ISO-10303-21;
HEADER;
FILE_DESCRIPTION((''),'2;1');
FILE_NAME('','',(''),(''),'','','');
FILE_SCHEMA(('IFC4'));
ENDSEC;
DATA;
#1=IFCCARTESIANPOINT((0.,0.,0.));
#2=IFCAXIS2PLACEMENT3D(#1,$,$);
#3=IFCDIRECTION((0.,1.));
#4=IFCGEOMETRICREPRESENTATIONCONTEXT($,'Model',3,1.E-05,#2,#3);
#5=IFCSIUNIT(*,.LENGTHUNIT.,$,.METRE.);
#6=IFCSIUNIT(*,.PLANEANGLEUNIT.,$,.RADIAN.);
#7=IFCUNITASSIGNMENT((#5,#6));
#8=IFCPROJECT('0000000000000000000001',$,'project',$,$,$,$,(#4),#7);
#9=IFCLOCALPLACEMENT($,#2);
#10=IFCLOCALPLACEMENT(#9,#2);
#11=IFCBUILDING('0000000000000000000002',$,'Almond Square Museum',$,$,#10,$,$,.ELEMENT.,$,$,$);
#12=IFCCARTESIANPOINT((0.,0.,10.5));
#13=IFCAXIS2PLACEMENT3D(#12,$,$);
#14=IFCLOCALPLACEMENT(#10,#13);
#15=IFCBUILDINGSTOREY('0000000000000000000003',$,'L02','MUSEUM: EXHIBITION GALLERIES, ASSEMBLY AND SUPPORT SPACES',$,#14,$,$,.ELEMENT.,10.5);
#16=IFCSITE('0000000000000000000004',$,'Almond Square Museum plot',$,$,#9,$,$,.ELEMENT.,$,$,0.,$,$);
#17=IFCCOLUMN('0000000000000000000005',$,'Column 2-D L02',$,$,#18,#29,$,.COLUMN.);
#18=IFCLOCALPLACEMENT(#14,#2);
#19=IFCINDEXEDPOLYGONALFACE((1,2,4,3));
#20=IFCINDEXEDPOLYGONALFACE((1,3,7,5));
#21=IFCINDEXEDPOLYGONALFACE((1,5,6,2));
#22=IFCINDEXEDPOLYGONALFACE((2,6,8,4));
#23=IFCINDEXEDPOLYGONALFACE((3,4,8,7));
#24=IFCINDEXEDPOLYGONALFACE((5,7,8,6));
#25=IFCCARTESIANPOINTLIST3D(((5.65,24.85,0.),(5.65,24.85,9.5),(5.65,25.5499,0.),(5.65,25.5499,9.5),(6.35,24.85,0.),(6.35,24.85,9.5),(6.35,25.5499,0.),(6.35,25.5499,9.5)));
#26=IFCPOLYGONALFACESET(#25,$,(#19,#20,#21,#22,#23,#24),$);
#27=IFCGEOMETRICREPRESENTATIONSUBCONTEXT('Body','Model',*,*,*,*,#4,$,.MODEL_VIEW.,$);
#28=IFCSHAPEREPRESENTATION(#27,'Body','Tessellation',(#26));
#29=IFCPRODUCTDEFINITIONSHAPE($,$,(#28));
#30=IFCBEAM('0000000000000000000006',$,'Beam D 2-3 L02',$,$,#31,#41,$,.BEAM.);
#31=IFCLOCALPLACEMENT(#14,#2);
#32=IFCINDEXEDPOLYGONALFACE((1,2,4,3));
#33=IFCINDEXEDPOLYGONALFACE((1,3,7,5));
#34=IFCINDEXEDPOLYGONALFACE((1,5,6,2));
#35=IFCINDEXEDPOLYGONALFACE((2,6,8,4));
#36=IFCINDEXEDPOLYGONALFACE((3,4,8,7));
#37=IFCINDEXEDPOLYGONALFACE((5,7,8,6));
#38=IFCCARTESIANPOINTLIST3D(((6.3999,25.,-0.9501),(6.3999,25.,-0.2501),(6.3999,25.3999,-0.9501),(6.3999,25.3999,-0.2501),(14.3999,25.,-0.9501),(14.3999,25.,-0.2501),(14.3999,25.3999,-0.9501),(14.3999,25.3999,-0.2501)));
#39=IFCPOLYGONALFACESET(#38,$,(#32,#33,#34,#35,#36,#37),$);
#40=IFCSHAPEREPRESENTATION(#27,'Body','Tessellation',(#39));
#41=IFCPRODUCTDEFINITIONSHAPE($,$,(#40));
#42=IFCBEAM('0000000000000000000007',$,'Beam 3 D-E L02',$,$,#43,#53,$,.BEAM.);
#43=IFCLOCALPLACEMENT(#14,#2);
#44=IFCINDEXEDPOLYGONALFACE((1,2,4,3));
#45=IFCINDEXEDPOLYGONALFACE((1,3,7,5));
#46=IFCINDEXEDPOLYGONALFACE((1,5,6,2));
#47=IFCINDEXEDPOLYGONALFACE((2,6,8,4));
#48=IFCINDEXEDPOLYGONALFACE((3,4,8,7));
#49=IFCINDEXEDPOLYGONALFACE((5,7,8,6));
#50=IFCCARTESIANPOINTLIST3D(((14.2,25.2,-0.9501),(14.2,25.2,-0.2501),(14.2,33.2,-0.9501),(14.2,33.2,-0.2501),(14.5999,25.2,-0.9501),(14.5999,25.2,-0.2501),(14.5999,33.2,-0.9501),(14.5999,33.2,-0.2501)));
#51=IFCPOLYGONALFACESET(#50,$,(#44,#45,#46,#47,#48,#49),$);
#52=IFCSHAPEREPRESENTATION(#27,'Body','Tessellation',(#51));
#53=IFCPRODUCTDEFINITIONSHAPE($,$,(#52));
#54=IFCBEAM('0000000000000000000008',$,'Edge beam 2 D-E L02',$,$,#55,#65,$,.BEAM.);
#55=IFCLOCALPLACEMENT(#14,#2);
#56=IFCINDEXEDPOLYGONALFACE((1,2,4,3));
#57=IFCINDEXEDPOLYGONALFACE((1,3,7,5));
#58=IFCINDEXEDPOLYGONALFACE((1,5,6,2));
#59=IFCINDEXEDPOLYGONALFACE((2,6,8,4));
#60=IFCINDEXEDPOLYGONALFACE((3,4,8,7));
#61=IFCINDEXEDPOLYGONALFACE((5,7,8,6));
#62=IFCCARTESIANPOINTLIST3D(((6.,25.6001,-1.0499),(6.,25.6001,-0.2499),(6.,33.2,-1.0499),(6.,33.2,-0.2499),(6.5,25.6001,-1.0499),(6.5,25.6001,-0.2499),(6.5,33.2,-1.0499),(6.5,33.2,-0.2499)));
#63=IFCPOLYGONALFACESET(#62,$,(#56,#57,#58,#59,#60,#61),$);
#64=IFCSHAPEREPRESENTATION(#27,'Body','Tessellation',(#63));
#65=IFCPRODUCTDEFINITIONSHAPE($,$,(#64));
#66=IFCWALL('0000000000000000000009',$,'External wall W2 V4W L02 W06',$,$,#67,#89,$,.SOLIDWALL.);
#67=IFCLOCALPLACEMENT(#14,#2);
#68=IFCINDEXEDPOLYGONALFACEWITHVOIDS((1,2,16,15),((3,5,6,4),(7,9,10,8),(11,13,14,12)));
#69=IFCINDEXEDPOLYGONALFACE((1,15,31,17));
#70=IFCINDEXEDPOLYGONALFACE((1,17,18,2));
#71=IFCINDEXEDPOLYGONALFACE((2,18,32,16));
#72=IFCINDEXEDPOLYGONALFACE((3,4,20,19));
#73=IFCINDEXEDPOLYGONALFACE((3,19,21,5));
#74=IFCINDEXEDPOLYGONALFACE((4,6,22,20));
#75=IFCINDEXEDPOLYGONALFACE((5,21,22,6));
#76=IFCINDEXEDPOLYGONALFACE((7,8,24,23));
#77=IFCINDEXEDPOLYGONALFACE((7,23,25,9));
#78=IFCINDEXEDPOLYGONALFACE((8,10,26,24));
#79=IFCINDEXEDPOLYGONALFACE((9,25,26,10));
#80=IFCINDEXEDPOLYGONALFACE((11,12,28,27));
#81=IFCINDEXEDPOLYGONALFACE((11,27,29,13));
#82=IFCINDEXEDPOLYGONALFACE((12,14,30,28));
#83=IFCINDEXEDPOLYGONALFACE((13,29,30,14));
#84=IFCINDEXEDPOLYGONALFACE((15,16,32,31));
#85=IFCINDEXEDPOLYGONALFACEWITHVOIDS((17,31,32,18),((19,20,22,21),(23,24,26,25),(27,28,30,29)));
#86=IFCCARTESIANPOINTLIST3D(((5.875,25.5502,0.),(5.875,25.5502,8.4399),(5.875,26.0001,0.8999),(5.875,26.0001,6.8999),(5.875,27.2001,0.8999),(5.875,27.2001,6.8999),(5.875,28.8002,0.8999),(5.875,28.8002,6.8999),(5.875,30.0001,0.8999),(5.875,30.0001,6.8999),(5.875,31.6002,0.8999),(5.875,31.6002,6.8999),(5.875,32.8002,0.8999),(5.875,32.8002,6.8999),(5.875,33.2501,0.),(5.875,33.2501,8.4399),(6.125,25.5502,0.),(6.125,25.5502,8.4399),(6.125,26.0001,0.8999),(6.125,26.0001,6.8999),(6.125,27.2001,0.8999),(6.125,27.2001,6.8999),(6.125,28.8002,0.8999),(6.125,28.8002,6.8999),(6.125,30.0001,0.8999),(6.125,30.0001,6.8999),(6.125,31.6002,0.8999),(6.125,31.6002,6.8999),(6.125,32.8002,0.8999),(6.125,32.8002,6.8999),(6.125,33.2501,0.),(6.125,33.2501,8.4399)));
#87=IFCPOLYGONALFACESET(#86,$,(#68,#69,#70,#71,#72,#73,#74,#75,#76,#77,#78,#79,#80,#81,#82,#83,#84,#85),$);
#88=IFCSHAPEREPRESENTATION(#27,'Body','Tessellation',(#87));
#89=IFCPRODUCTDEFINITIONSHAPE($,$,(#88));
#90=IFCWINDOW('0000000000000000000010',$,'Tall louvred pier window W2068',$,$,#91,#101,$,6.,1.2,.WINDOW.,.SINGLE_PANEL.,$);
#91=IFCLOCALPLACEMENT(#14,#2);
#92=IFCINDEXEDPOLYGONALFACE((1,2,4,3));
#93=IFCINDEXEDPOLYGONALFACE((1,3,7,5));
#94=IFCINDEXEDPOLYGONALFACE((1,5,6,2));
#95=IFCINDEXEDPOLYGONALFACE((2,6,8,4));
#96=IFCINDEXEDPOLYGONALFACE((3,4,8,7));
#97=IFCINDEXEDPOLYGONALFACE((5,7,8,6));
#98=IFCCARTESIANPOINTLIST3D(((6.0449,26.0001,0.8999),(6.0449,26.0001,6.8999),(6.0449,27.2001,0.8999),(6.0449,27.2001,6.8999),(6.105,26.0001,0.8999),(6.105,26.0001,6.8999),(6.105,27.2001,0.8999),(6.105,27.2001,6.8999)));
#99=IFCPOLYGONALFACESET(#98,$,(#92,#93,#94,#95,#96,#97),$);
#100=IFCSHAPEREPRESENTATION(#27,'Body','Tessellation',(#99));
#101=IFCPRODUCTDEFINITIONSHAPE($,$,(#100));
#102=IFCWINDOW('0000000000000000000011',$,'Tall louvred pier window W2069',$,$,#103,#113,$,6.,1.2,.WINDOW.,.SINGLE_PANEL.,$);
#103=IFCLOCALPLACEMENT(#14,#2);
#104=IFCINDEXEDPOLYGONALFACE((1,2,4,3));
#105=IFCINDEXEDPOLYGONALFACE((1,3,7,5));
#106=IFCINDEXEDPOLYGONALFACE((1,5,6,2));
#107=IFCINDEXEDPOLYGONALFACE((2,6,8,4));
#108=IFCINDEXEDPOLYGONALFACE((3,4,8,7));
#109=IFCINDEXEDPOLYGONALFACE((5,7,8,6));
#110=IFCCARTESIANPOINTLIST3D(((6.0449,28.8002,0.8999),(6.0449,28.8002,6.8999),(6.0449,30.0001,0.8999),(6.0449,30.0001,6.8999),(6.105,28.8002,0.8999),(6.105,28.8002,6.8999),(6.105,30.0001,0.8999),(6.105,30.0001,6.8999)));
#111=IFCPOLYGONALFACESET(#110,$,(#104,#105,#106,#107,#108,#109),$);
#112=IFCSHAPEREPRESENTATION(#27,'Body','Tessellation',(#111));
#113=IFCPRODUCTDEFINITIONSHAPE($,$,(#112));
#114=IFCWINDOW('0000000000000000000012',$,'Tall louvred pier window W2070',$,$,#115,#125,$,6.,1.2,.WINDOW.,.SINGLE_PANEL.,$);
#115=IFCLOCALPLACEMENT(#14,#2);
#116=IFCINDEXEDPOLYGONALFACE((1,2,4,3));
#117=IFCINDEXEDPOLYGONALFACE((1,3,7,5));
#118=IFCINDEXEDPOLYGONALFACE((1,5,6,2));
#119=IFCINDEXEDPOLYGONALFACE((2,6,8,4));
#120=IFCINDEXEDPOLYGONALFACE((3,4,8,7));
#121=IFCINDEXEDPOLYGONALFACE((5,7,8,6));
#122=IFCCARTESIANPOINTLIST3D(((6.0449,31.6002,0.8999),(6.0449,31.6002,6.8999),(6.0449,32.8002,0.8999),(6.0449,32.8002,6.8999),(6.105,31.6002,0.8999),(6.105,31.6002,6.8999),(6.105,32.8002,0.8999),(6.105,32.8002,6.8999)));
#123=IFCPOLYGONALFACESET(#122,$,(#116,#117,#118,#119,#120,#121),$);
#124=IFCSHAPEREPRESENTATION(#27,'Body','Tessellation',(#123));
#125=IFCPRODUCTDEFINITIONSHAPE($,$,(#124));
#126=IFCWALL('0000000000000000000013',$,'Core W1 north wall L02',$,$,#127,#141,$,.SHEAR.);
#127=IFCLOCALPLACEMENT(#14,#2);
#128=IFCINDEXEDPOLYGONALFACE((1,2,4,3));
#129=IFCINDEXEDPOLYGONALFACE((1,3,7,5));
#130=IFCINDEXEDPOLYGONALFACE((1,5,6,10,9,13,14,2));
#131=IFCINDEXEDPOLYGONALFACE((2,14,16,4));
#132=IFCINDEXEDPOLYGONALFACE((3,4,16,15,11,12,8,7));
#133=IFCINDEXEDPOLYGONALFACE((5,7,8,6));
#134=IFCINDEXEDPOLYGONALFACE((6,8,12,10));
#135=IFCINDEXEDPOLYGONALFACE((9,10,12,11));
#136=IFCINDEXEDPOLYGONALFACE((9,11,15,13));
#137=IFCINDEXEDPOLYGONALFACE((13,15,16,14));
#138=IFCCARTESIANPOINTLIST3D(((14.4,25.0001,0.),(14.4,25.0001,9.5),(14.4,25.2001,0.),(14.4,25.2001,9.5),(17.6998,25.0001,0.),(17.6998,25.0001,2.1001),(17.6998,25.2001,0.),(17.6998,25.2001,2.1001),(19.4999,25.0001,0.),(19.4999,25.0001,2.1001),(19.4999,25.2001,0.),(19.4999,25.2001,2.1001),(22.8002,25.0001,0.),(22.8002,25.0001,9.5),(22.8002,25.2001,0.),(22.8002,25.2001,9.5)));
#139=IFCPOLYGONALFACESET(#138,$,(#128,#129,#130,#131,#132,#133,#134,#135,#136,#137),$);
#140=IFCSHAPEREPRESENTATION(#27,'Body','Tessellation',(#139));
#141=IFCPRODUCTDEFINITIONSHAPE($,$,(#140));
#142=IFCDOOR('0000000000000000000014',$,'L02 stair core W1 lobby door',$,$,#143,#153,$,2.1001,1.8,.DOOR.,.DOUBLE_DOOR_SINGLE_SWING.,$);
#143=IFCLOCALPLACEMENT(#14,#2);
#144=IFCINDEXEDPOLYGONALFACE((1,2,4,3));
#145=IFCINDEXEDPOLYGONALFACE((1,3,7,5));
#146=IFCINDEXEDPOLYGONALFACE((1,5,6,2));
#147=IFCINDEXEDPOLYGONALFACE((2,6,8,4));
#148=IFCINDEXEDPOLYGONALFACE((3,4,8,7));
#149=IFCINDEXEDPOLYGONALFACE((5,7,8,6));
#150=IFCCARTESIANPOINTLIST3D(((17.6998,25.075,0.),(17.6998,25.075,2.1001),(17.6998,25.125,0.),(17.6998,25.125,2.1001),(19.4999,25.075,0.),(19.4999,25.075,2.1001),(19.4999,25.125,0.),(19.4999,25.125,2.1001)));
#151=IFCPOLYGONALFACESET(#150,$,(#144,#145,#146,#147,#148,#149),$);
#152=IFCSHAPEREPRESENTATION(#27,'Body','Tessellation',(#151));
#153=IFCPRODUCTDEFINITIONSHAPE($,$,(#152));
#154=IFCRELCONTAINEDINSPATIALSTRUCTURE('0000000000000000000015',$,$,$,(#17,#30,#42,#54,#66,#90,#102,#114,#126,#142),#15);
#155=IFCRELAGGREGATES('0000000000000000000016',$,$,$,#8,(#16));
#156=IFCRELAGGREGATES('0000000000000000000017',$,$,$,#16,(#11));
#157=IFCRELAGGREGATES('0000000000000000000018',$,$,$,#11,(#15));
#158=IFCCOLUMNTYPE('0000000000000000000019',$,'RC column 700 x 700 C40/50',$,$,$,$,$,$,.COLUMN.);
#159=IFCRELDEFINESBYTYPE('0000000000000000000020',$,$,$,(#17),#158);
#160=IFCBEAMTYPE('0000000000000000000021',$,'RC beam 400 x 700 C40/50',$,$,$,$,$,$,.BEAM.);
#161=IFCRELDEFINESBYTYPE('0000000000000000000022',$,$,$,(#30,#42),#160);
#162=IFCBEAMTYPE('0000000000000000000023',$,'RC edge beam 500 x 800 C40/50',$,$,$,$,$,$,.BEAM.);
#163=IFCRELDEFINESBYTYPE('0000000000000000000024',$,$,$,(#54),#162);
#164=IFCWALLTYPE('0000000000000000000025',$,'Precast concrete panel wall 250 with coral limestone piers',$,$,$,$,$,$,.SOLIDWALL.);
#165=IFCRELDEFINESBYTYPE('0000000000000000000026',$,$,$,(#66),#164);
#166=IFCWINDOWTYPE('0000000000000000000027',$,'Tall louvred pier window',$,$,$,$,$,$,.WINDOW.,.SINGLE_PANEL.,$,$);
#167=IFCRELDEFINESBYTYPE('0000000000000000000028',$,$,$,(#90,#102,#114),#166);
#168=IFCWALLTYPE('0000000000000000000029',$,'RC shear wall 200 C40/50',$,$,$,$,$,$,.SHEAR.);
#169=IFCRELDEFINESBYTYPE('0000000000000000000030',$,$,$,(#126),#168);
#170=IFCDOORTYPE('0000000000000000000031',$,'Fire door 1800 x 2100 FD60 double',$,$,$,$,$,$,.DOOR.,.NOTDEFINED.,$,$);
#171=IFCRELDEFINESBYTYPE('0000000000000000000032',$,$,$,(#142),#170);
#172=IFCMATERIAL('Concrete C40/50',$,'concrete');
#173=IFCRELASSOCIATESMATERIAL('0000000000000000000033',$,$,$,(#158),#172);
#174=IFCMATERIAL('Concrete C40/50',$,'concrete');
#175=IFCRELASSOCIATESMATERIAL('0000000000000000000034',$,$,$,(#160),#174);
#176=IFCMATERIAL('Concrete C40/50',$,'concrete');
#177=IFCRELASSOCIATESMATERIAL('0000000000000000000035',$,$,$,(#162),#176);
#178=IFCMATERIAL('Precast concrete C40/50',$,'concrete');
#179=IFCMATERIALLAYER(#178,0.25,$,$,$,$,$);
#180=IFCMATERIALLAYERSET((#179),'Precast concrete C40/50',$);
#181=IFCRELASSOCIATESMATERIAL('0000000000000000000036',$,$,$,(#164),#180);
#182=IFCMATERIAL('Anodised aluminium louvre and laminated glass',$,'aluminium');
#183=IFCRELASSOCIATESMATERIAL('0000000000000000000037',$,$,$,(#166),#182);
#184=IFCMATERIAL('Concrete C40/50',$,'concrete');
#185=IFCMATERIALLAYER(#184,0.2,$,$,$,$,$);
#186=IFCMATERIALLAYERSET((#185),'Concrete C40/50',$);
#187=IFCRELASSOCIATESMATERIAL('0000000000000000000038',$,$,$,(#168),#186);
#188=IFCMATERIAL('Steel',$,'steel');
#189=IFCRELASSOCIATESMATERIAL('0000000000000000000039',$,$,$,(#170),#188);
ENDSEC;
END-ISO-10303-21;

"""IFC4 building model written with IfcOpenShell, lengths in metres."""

from ifc_helpers import new_model, si_unit, direction, frame, frame_2d, origin, origin_2d, place, context, subcontext, project, spatial, rectangle, extrude, material, layer, layer_set, material_profile, profile_set, type_object, element, fill, save


model = new_model("IFC4")

# Units and contexts
model_context = context("Model", 3, precision=1e-05, world=origin(), true_north=direction((0.0, 1.0)))
body_context = subcontext(model_context, "Body", "Model", "MODEL_VIEW")
ifc_project = project(units=[si_unit("LENGTHUNIT", "METRE"), si_unit("PLANEANGLEUNIT", "RADIAN")], contexts=[model_context])

# Site, building, storey
site_placement = place(None, origin())
site = spatial("IfcSite", under=ifc_project, at=site_placement, Name="Almond Square Museum plot", CompositionType="ELEMENT", RefElevation=0.0)
building_placement = place(site_placement, origin())
building = spatial("IfcBuilding", under=site, at=building_placement, Name="Almond Square Museum", CompositionType="ELEMENT")
storey_placement = place(building_placement, frame((0.0, 0.0, 10.5)))
storey = spatial("IfcBuildingStorey", under=building, at=storey_placement, Name="L02", Description="MUSEUM: EXHIBITION GALLERIES, ASSEMBLY AND SUPPORT SPACES", CompositionType="ELEMENT", Elevation=10.5)

# Column
ifc_material_1 = material(Name="Concrete C40/50", Category="concrete")
ifc_material_profile_1 = material_profile(ifc_material_1, rectangle(XDim=0.7, YDim=0.7, at=origin_2d()))
ifc_profile_set_1 = profile_set([ifc_material_profile_1], Name="Concrete C40/50")
column_type = type_object("IfcColumnType", Name="RC column 700 x 700 C40/50", PredefinedType="COLUMN", material=ifc_profile_set_1)
column_placement = place(storey_placement, frame((6.0, 25.2, 0.0), z_axis=(0.0, 0.0, 1.0), x_axis=(1.0, 0.0, 0.0)))
element("IfcColumn", 1, at=column_placement, inside=storey, type_object=column_type, Name="Column 2-D L02", PredefinedType="COLUMN", context=body_context, shape_type="SweptSolid", body=[
    extrude(rectangle(XDim=0.7, YDim=0.7, at=origin_2d()), origin(), (0.0, 0.0, 1.0), 9.5),
])

# Beams
ifc_material_2 = material(Name="Concrete C40/50", Category="concrete")
ifc_material_profile_2 = material_profile(ifc_material_2, rectangle(XDim=0.3999, YDim=0.7, at=origin_2d()))
ifc_profile_set_2 = profile_set([ifc_material_profile_2], Name="Concrete C40/50")
beam_type_1 = type_object("IfcBeamType", Name="RC beam 400 x 700 C40/50", PredefinedType="BEAM", material=ifc_profile_set_2)
for number, where, z_axis, x_axis, name in (
    (2, (6.3999, 25.2, -0.6001), (1.0, 0.0, 0.0), (0.0, 1.0, 0.0), "Beam D 2-3 L02"),
    (3, (14.3999, 25.2, -0.6001), (0.0, 1.0, 0.0), (-1.0, 0.0, 0.0), "Beam 3 D-E L02"),
):
    element("IfcBeam", number, at=place(storey_placement, frame(where, z_axis=z_axis, x_axis=x_axis)), inside=storey, type_object=beam_type_1, Name=name, PredefinedType="BEAM", context=body_context, shape_type="SweptSolid", body=[
        extrude(rectangle(XDim=0.3999, YDim=0.7, at=origin_2d()), origin(), (0.0, 0.0, 1.0), 8.0),
    ])
ifc_material_3 = material(Name="Concrete C40/50", Category="concrete")
ifc_material_profile_3 = material_profile(ifc_material_3, rectangle(XDim=0.5, YDim=0.8, at=origin_2d()))
ifc_profile_set_3 = profile_set([ifc_material_profile_3], Name="Concrete C40/50")
beam_type_2 = type_object("IfcBeamType", Name="RC edge beam 500 x 800 C40/50", PredefinedType="BEAM", material=ifc_profile_set_3)
beam_placement = place(storey_placement, frame((6.25, 25.6001, -0.6499), z_axis=(0.0, 1.0, 0.0), x_axis=(-1.0, 0.0, 0.0)))
element("IfcBeam", 4, at=beam_placement, inside=storey, type_object=beam_type_2, Name="Edge beam 2 D-E L02", PredefinedType="BEAM", context=body_context, shape_type="SweptSolid", body=[
    extrude(rectangle(XDim=0.5, YDim=0.8, at=origin_2d()), origin(), (0.0, 0.0, 1.0), 7.5999),
])

# Wall, openings, windows
ifc_material_4 = material(Name="Precast concrete C40/50", Category="concrete")
ifc_layer_1 = layer(ifc_material_4, 0.25)
ifc_layer_set_1 = layer_set([ifc_layer_1], Name="Precast concrete C40/50")
wall_type_1 = type_object("IfcWallType", Name="Precast concrete panel wall 250 with coral limestone piers", PredefinedType="SOLIDWALL", material=ifc_layer_set_1)
wall_1_placement = place(storey_placement, frame((6.0, 25.55, 0.0), z_axis=(0.0, 0.0, 1.0), x_axis=(0.0, 1.0, 0.0)))
wall_1 = element("IfcWall", 5, at=wall_1_placement, inside=storey, type_object=wall_type_1, Name="External wall W2 V4W L02 W06", PredefinedType="SOLIDWALL", context=body_context, shape_type="SweptSolid", body=[
    extrude(rectangle(XDim=7.7, YDim=0.25, at=frame_2d((3.8501, 0.0))), origin(), (0.0, 0.0, 1.0), 8.4399),
])
opening_1_placement = place(wall_1_placement, frame((0.45, 0.0, 0.8999)))
opening_1 = element("IfcOpeningElement", 6, at=opening_1_placement, cuts=wall_1, PredefinedType="OPENING", context=body_context, shape_type="SweptSolid", body=[
    extrude(rectangle(XDim=1.2, YDim=6.0, at=frame_2d((0.6001, 3.0))), frame((0.0, 0.135, 0.0), z_axis=(0.0, -1.0, 0.0), x_axis=(1.0, 0.0, 0.0)), (0.0, 0.0, 1.0), 0.27),
])
opening_2_placement = place(wall_1_placement, frame((3.25, 0.0, 0.8999)))
opening_2 = element("IfcOpeningElement", 7, at=opening_2_placement, cuts=wall_1, PredefinedType="OPENING", context=body_context, shape_type="SweptSolid", body=[
    extrude(rectangle(XDim=1.2, YDim=6.0, at=frame_2d((0.6001, 3.0))), frame((0.0, 0.135, 0.0), z_axis=(0.0, -1.0, 0.0), x_axis=(1.0, 0.0, 0.0)), (0.0, 0.0, 1.0), 0.27),
])
opening_3_placement = place(wall_1_placement, frame((6.05, 0.0, 0.8999)))
opening_3 = element("IfcOpeningElement", 8, at=opening_3_placement, cuts=wall_1, PredefinedType="OPENING", context=body_context, shape_type="SweptSolid", body=[
    extrude(rectangle(XDim=1.2, YDim=6.0, at=frame_2d((0.6001, 3.0))), frame((0.0, 0.135, 0.0), z_axis=(0.0, -1.0, 0.0), x_axis=(1.0, 0.0, 0.0)), (0.0, 0.0, 1.0), 0.27),
])
ifc_material_5 = material(Name="Anodised aluminium louvre and laminated glass", Category="aluminium")
window_type = type_object("IfcWindowType", Name="Tall louvred pier window", PartitioningType="SINGLE_PANEL", PredefinedType="WINDOW", material=ifc_material_5)
window_1_placement = place(opening_1_placement, origin())
window_1 = element("IfcWindow", 9, at=window_1_placement, inside=storey, type_object=window_type, Name="Tall louvred pier window W2068", OverallHeight=6.0, OverallWidth=1.2, PartitioningType="SINGLE_PANEL", PredefinedType="WINDOW", context=body_context, shape_type="SweptSolid", body=[
    extrude(rectangle(XDim=1.2, YDim=6.0, at=frame_2d((0.6001, 3.0))), frame((0.0, -0.0449, 0.0), z_axis=(0.0, -1.0, 0.0), x_axis=(1.0, 0.0, 0.0)), (0.0, 0.0, 1.0), 0.0601),
])
fill(opening_1, window_1)
window_2_placement = place(opening_2_placement, origin())
window_2 = element("IfcWindow", 10, at=window_2_placement, inside=storey, type_object=window_type, Name="Tall louvred pier window W2069", OverallHeight=6.0, OverallWidth=1.2, PartitioningType="SINGLE_PANEL", PredefinedType="WINDOW", context=body_context, shape_type="SweptSolid", body=[
    extrude(rectangle(XDim=1.2, YDim=6.0, at=frame_2d((0.6001, 3.0))), frame((0.0, -0.0449, 0.0), z_axis=(0.0, -1.0, 0.0), x_axis=(1.0, 0.0, 0.0)), (0.0, 0.0, 1.0), 0.0601),
])
fill(opening_2, window_2)
window_3_placement = place(opening_3_placement, origin())
window_3 = element("IfcWindow", 11, at=window_3_placement, inside=storey, type_object=window_type, Name="Tall louvred pier window W2070", OverallHeight=6.0, OverallWidth=1.2, PartitioningType="SINGLE_PANEL", PredefinedType="WINDOW", context=body_context, shape_type="SweptSolid", body=[
    extrude(rectangle(XDim=1.2, YDim=6.0, at=frame_2d((0.6001, 3.0))), frame((0.0, -0.0449, 0.0), z_axis=(0.0, -1.0, 0.0), x_axis=(1.0, 0.0, 0.0)), (0.0, 0.0, 1.0), 0.0601),
])
fill(opening_3, window_3)

# Wall, opening, door
ifc_material_6 = material(Name="Concrete C40/50", Category="concrete")
ifc_layer_2 = layer(ifc_material_6, 0.2)
ifc_layer_set_2 = layer_set([ifc_layer_2], Name="Concrete C40/50")
wall_type_2 = type_object("IfcWallType", Name="RC shear wall 200 C40/50", PredefinedType="SHEAR", material=ifc_layer_set_2)
wall_2_placement = place(storey_placement, frame((14.3999, 25.1001, 0.0), z_axis=(0.0, 0.0, 1.0), x_axis=(1.0, 0.0, 0.0)))
wall_2 = element("IfcWall", 12, at=wall_2_placement, inside=storey, type_object=wall_type_2, Name="Core W1 north wall L02", PredefinedType="SHEAR", context=body_context, shape_type="SweptSolid", body=[
    extrude(rectangle(XDim=8.4001, YDim=0.2, at=frame_2d((4.2002, 0.0))), origin(), (0.0, 0.0, 1.0), 9.5),
])
opening_4_placement = place(wall_2_placement, frame((3.3, 0.0, 0.0)))
opening_4 = element("IfcOpeningElement", 13, at=opening_4_placement, cuts=wall_2, PredefinedType="OPENING", context=body_context, shape_type="SweptSolid", body=[
    extrude(rectangle(XDim=1.8, YDim=2.1001, at=frame_2d((0.8999, 1.05))), frame((0.0, 0.1099, 0.0), z_axis=(0.0, -1.0, 0.0), x_axis=(1.0, 0.0, 0.0)), (0.0, 0.0, 1.0), 0.22),
])
ifc_material_7 = material(Name="Steel", Category="steel")
door_type_1 = type_object("IfcDoorType", Name="Fire door 1800 x 2100 FD60 double", OperationType="NOTDEFINED", PredefinedType="DOOR", material=ifc_material_7)
door_1_placement = place(opening_4_placement, origin())
door_1 = element("IfcDoor", 14, at=door_1_placement, inside=storey, type_object=door_type_1, Name="L02 stair core W1 lobby door", OperationType="DOUBLE_DOOR_SINGLE_SWING", OverallHeight=2.1001, OverallWidth=1.8, PredefinedType="DOOR", context=body_context, shape_type="SweptSolid", body=[
    extrude(rectangle(XDim=1.8, YDim=2.1001, at=frame_2d((0.8999, 1.05))), frame((0.0, 0.0249, 0.0), z_axis=(0.0, -1.0, 0.0), x_axis=(1.0, 0.0, 0.0)), (0.0, 0.0, 1.0), 0.05),
])
fill(opening_4, door_1)

save(model, "model.ifc")
